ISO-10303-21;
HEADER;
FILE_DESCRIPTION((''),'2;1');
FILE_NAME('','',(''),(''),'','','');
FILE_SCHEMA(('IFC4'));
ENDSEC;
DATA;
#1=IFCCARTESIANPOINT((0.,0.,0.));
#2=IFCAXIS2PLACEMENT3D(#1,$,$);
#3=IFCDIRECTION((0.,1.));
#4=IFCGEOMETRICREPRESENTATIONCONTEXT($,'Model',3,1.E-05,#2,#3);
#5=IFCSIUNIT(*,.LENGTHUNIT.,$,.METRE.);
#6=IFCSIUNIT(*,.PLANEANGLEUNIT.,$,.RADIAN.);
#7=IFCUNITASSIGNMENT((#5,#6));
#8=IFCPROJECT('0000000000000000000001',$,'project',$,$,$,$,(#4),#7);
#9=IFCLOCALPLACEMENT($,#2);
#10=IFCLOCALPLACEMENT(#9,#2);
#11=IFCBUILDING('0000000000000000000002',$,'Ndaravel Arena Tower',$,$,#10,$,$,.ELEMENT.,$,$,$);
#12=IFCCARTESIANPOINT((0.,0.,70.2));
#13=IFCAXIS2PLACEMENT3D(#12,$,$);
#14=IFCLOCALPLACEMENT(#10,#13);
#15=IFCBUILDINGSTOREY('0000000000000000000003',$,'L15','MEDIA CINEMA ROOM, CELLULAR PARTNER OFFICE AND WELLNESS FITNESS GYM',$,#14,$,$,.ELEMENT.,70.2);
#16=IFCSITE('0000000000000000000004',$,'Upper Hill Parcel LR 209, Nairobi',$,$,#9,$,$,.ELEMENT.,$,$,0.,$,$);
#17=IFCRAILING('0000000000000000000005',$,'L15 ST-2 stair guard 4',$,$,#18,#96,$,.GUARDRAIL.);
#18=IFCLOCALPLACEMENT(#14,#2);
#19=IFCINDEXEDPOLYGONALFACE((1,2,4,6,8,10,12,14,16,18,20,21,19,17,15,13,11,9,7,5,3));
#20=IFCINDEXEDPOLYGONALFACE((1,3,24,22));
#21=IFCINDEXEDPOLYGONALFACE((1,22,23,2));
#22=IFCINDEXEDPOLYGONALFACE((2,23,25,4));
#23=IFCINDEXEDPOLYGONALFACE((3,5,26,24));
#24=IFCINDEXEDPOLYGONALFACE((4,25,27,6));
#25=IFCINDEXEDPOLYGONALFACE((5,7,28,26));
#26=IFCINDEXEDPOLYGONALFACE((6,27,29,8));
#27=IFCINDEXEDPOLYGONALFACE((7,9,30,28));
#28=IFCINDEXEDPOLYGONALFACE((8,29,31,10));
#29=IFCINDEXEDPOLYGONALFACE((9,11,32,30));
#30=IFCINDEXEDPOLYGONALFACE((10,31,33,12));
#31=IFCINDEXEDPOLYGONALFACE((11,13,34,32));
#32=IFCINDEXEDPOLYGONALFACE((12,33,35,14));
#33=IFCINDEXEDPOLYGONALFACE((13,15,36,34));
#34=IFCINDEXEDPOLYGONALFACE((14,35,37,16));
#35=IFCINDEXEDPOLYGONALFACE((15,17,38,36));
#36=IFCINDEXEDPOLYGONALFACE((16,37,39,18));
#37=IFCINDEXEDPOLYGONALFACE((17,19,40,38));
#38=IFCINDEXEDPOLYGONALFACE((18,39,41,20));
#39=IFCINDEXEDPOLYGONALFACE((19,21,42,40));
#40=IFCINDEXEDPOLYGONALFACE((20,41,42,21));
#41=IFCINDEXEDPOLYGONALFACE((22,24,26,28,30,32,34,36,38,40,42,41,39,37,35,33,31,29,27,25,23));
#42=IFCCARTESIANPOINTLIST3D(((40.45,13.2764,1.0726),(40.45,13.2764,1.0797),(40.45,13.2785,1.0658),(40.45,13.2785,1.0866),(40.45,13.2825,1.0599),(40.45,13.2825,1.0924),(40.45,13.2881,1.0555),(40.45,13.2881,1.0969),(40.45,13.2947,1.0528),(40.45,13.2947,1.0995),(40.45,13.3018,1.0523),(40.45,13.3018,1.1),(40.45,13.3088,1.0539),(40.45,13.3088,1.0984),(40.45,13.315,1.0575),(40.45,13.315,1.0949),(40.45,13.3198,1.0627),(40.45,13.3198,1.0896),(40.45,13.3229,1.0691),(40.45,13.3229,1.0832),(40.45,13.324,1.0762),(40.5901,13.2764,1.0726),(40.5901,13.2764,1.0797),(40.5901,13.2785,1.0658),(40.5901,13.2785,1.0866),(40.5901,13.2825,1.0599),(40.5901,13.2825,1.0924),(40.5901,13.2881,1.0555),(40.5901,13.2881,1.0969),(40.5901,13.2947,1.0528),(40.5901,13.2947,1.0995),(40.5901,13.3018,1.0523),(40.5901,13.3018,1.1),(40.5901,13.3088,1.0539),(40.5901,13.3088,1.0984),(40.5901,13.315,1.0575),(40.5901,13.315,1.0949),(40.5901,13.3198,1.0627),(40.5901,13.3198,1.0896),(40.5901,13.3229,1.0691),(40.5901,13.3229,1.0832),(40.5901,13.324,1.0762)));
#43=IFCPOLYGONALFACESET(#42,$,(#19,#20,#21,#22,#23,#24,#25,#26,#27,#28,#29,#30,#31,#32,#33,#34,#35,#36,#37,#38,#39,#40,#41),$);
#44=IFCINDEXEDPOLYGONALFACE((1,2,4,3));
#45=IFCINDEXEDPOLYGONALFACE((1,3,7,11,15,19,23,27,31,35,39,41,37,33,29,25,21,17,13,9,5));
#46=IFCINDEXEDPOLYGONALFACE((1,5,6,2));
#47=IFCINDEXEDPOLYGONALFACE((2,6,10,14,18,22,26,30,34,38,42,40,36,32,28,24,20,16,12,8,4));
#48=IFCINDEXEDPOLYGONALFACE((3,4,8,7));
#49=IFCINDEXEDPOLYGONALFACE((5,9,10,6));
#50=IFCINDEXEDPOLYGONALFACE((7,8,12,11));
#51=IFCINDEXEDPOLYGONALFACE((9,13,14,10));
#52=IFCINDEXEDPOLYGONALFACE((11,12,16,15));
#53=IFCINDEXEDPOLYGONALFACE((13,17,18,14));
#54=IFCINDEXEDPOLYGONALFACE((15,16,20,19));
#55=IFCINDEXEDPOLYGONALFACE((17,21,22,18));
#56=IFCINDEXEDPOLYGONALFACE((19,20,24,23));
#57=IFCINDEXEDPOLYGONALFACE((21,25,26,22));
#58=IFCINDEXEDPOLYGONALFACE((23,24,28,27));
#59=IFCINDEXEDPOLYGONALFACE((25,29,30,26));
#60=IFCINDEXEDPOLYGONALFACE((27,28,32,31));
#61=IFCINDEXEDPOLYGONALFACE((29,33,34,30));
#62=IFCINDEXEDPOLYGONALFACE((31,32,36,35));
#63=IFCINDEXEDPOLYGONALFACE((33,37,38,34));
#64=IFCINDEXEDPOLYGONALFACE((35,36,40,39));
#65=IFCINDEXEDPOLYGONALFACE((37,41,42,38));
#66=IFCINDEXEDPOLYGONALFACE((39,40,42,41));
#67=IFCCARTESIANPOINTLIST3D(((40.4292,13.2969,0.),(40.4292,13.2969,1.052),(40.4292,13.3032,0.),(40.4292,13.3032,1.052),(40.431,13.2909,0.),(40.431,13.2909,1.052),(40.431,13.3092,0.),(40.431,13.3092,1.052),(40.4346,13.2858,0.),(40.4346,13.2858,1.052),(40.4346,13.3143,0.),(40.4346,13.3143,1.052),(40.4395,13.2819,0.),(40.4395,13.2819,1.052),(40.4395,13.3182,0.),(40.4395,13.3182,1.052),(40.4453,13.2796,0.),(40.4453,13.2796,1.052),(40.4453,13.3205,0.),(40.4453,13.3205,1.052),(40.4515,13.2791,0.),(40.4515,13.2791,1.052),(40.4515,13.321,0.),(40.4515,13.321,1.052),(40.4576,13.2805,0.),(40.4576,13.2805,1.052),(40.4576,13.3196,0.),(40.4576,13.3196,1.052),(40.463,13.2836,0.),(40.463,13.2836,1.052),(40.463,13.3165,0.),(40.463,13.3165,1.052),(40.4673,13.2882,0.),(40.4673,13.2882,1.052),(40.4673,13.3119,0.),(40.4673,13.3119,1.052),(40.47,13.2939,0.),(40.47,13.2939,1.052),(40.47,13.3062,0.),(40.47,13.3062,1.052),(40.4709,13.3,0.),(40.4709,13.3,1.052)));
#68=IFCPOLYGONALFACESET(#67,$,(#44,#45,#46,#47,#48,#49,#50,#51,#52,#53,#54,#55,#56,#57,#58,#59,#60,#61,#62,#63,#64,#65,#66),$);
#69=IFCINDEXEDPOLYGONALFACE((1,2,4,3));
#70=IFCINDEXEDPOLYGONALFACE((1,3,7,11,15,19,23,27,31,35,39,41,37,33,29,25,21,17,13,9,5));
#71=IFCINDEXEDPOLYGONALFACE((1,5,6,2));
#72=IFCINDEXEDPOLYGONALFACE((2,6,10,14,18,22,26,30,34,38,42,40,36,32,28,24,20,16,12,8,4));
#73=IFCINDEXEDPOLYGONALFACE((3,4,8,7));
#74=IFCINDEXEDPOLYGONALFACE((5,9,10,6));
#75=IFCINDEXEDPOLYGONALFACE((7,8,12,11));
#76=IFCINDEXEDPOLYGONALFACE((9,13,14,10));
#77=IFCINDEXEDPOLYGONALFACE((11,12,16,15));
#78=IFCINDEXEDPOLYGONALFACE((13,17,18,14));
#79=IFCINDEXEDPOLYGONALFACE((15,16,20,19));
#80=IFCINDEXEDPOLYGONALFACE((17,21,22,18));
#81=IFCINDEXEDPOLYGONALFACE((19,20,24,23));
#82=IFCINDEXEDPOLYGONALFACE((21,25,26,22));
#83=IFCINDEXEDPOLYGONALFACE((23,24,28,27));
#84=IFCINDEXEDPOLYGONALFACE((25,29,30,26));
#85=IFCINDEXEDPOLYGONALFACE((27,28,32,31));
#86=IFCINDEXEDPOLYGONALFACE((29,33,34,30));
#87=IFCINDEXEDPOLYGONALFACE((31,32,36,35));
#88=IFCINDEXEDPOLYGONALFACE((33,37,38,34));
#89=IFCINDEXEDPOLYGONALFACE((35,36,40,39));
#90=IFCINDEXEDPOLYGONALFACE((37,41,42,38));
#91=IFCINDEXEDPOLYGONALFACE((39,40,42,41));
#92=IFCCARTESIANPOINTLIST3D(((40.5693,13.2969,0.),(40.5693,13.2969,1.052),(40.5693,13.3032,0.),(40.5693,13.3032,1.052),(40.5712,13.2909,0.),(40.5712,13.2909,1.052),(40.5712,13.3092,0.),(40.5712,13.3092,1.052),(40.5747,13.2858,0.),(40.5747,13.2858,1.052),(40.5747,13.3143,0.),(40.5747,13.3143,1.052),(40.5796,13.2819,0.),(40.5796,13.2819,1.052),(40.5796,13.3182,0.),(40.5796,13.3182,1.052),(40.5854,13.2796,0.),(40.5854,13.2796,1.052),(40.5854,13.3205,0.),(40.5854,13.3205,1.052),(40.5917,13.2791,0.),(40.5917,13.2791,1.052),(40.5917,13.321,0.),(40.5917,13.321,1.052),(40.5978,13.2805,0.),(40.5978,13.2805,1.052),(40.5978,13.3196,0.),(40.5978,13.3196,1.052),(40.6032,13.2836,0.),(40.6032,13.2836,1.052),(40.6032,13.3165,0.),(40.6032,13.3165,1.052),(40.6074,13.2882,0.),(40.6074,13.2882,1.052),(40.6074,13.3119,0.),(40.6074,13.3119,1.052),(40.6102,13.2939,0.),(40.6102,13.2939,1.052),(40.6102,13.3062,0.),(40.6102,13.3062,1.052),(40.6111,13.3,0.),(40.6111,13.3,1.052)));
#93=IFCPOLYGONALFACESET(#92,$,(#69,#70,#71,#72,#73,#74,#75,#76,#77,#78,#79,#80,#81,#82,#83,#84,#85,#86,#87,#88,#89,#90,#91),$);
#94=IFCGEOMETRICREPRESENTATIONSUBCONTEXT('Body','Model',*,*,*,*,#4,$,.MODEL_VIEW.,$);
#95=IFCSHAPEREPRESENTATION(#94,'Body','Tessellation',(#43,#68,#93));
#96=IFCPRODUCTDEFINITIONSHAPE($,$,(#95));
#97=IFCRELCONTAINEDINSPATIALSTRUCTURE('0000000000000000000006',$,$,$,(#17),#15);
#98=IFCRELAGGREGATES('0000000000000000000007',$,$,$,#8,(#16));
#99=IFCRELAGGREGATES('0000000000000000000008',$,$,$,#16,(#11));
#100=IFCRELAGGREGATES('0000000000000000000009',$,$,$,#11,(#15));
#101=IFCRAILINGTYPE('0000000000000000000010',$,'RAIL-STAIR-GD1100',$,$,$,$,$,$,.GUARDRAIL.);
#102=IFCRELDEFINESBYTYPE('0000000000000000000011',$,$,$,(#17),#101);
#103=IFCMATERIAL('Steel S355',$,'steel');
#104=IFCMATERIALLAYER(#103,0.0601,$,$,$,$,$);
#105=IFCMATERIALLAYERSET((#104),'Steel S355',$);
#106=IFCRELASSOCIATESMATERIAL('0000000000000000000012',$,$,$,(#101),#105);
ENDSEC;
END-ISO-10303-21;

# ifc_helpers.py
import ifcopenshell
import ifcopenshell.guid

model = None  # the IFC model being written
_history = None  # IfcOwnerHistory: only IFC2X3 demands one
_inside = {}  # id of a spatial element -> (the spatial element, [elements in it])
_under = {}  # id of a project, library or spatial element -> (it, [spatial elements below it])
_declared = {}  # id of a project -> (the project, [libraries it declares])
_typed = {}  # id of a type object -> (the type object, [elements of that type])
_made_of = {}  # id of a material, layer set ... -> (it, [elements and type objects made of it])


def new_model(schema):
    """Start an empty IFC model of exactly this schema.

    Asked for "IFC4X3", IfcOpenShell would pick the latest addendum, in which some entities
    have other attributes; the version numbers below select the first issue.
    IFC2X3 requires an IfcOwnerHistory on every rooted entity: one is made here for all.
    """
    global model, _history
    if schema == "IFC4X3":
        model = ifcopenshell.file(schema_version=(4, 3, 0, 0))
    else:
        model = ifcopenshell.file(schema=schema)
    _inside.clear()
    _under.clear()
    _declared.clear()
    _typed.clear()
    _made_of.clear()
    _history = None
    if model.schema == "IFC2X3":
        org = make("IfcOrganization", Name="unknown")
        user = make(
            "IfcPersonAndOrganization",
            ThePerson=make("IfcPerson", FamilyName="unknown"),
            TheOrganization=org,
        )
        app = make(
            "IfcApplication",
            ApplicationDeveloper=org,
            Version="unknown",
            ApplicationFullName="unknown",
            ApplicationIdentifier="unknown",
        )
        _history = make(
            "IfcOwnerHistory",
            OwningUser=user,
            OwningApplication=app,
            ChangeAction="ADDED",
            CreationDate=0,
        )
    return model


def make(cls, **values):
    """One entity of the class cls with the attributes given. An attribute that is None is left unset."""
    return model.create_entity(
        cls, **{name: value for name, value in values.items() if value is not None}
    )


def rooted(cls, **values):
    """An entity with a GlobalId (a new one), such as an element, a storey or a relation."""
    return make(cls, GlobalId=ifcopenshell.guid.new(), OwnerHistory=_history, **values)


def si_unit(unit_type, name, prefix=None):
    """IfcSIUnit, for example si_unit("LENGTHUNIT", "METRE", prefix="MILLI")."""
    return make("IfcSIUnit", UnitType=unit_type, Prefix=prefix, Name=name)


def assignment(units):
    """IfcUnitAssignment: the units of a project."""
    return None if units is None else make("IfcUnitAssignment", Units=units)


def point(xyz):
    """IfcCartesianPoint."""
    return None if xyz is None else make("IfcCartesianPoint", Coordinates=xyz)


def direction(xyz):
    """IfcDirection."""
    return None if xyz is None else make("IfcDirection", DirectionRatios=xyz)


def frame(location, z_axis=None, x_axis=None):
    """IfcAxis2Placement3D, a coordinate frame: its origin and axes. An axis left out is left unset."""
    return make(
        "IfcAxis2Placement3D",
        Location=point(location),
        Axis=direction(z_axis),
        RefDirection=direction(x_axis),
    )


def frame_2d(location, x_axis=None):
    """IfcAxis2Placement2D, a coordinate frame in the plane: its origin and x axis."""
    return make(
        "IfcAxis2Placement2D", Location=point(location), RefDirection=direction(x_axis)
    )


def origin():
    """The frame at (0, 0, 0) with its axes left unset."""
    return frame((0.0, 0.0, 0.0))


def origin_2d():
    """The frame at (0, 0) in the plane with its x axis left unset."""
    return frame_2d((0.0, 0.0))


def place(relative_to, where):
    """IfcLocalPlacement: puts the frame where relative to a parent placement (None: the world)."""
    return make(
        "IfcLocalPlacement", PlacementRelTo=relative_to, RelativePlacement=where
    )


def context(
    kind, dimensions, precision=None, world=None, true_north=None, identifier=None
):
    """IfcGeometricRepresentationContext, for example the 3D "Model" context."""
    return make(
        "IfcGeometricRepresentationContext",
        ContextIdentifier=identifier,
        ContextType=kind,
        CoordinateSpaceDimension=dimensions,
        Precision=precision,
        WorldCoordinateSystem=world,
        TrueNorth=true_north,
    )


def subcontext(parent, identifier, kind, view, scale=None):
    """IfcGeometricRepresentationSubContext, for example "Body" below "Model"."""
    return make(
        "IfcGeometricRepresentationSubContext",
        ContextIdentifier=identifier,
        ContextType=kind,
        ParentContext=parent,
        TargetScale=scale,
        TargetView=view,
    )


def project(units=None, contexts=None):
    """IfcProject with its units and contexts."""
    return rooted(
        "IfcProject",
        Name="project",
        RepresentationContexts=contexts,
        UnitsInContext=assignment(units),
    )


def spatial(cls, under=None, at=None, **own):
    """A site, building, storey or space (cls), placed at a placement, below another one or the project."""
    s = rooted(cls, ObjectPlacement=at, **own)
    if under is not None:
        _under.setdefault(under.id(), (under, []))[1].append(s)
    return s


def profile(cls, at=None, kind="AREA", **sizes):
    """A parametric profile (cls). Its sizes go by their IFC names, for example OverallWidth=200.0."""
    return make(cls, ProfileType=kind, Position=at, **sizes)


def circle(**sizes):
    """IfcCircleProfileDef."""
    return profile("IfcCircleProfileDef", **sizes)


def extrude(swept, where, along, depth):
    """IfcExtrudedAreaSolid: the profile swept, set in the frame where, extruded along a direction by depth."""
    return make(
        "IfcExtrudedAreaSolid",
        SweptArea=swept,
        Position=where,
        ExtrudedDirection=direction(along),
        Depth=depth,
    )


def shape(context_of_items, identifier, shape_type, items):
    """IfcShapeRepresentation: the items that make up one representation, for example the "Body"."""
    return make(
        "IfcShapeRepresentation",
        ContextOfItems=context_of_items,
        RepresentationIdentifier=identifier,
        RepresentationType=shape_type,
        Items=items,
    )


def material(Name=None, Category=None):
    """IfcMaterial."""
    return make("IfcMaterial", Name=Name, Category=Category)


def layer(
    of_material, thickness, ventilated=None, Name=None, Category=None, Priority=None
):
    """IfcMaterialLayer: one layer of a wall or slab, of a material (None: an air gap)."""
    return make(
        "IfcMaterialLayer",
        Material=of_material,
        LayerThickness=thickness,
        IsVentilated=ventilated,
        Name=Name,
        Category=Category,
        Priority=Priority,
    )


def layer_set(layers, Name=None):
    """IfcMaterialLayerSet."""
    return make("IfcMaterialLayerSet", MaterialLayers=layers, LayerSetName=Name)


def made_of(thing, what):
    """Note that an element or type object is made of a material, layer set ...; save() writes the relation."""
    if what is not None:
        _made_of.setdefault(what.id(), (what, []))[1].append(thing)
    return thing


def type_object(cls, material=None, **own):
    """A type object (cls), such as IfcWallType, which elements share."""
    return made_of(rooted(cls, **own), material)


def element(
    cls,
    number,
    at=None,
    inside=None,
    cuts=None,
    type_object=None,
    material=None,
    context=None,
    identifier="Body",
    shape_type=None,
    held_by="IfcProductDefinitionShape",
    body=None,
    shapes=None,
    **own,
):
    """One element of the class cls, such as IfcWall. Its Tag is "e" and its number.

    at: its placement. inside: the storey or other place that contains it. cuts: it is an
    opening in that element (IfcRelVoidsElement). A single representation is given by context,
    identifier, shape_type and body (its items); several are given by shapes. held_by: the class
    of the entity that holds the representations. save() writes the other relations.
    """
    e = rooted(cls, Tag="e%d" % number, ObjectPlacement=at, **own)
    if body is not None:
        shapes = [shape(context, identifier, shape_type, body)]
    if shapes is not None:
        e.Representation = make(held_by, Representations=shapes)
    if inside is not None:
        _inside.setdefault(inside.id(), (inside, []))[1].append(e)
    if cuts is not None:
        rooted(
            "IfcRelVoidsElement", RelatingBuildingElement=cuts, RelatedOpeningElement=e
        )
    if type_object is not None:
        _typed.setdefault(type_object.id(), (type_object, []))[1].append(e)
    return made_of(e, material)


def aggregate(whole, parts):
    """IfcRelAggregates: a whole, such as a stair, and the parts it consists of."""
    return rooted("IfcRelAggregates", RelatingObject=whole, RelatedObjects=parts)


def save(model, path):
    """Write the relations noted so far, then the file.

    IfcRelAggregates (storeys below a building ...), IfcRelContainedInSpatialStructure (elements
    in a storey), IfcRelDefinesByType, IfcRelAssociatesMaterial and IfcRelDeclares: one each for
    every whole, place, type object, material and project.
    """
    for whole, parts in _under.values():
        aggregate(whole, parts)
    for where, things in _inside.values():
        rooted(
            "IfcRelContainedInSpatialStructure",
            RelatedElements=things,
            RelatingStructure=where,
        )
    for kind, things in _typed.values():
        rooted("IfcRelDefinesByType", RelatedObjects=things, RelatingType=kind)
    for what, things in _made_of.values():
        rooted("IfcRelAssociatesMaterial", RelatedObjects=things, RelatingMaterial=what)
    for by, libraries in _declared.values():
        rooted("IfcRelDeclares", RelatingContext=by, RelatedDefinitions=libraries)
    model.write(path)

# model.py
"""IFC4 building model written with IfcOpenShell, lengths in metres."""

from ifc_helpers import new_model, si_unit, direction, frame, origin, origin_2d, place, context, subcontext, project, spatial, circle, extrude, material, layer, layer_set, type_object, element, save


model = new_model("IFC4")

# Units and contexts
model_context = context("Model", 3, precision=1e-05, world=origin(), true_north=direction((0.0, 1.0)))
body_context = subcontext(model_context, "Body", "Model", "MODEL_VIEW")
ifc_project = project(units=[si_unit("LENGTHUNIT", "METRE"), si_unit("PLANEANGLEUNIT", "RADIAN")], contexts=[model_context])

# Site, building, storey
site_placement = place(None, origin())
site = spatial("IfcSite", under=ifc_project, at=site_placement, Name="Upper Hill Parcel LR 209, Nairobi", CompositionType="ELEMENT", RefElevation=0.0)
building_placement = place(site_placement, origin())
building = spatial("IfcBuilding", under=site, at=building_placement, Name="Ndaravel Arena Tower", CompositionType="ELEMENT")
storey_placement = place(building_placement, frame((0.0, 0.0, 70.2)))
storey = spatial("IfcBuildingStorey", under=building, at=storey_placement, Name="L15", Description="MEDIA CINEMA ROOM, CELLULAR PARTNER OFFICE AND WELLNESS FITNESS GYM", CompositionType="ELEMENT", Elevation=70.2)

# Railing
ifc_material_1 = material(Name="Steel S355", Category="steel")
ifc_layer_1 = layer(ifc_material_1, 0.0601)
ifc_layer_set_1 = layer_set([ifc_layer_1], Name="Steel S355")
railing_type_1 = type_object("IfcRailingType", Name="RAIL-STAIR-GD1100", PredefinedType="GUARDRAIL", material=ifc_layer_set_1)
railing_1_placement = place(storey_placement, frame((40.45, 13.3, 0.0)))
element("IfcRailing", 1, at=railing_1_placement, inside=storey, type_object=railing_type_1, Name="L15 ST-2 stair guard 4", PredefinedType="GUARDRAIL", context=body_context, shape_type="SweptSolid", body=[
    extrude(circle(Radius=0.0239, at=origin_2d()), frame((0.0, 0.0, 1.0762), z_axis=(1.0, 0.0, 0.0), x_axis=(0.0, 1.0, 0.0)), (0.0, 0.0, 1.0), 0.1401),
    extrude(circle(Radius=0.021, at=origin_2d()), origin(), (0.0, 0.0, 1.0), 1.052),
    extrude(circle(Radius=0.021, at=origin_2d()), frame((0.1401, 0.0, 0.0)), (0.0, 0.0, 1.0), 1.052),
])

save(model, "model.ifc")
